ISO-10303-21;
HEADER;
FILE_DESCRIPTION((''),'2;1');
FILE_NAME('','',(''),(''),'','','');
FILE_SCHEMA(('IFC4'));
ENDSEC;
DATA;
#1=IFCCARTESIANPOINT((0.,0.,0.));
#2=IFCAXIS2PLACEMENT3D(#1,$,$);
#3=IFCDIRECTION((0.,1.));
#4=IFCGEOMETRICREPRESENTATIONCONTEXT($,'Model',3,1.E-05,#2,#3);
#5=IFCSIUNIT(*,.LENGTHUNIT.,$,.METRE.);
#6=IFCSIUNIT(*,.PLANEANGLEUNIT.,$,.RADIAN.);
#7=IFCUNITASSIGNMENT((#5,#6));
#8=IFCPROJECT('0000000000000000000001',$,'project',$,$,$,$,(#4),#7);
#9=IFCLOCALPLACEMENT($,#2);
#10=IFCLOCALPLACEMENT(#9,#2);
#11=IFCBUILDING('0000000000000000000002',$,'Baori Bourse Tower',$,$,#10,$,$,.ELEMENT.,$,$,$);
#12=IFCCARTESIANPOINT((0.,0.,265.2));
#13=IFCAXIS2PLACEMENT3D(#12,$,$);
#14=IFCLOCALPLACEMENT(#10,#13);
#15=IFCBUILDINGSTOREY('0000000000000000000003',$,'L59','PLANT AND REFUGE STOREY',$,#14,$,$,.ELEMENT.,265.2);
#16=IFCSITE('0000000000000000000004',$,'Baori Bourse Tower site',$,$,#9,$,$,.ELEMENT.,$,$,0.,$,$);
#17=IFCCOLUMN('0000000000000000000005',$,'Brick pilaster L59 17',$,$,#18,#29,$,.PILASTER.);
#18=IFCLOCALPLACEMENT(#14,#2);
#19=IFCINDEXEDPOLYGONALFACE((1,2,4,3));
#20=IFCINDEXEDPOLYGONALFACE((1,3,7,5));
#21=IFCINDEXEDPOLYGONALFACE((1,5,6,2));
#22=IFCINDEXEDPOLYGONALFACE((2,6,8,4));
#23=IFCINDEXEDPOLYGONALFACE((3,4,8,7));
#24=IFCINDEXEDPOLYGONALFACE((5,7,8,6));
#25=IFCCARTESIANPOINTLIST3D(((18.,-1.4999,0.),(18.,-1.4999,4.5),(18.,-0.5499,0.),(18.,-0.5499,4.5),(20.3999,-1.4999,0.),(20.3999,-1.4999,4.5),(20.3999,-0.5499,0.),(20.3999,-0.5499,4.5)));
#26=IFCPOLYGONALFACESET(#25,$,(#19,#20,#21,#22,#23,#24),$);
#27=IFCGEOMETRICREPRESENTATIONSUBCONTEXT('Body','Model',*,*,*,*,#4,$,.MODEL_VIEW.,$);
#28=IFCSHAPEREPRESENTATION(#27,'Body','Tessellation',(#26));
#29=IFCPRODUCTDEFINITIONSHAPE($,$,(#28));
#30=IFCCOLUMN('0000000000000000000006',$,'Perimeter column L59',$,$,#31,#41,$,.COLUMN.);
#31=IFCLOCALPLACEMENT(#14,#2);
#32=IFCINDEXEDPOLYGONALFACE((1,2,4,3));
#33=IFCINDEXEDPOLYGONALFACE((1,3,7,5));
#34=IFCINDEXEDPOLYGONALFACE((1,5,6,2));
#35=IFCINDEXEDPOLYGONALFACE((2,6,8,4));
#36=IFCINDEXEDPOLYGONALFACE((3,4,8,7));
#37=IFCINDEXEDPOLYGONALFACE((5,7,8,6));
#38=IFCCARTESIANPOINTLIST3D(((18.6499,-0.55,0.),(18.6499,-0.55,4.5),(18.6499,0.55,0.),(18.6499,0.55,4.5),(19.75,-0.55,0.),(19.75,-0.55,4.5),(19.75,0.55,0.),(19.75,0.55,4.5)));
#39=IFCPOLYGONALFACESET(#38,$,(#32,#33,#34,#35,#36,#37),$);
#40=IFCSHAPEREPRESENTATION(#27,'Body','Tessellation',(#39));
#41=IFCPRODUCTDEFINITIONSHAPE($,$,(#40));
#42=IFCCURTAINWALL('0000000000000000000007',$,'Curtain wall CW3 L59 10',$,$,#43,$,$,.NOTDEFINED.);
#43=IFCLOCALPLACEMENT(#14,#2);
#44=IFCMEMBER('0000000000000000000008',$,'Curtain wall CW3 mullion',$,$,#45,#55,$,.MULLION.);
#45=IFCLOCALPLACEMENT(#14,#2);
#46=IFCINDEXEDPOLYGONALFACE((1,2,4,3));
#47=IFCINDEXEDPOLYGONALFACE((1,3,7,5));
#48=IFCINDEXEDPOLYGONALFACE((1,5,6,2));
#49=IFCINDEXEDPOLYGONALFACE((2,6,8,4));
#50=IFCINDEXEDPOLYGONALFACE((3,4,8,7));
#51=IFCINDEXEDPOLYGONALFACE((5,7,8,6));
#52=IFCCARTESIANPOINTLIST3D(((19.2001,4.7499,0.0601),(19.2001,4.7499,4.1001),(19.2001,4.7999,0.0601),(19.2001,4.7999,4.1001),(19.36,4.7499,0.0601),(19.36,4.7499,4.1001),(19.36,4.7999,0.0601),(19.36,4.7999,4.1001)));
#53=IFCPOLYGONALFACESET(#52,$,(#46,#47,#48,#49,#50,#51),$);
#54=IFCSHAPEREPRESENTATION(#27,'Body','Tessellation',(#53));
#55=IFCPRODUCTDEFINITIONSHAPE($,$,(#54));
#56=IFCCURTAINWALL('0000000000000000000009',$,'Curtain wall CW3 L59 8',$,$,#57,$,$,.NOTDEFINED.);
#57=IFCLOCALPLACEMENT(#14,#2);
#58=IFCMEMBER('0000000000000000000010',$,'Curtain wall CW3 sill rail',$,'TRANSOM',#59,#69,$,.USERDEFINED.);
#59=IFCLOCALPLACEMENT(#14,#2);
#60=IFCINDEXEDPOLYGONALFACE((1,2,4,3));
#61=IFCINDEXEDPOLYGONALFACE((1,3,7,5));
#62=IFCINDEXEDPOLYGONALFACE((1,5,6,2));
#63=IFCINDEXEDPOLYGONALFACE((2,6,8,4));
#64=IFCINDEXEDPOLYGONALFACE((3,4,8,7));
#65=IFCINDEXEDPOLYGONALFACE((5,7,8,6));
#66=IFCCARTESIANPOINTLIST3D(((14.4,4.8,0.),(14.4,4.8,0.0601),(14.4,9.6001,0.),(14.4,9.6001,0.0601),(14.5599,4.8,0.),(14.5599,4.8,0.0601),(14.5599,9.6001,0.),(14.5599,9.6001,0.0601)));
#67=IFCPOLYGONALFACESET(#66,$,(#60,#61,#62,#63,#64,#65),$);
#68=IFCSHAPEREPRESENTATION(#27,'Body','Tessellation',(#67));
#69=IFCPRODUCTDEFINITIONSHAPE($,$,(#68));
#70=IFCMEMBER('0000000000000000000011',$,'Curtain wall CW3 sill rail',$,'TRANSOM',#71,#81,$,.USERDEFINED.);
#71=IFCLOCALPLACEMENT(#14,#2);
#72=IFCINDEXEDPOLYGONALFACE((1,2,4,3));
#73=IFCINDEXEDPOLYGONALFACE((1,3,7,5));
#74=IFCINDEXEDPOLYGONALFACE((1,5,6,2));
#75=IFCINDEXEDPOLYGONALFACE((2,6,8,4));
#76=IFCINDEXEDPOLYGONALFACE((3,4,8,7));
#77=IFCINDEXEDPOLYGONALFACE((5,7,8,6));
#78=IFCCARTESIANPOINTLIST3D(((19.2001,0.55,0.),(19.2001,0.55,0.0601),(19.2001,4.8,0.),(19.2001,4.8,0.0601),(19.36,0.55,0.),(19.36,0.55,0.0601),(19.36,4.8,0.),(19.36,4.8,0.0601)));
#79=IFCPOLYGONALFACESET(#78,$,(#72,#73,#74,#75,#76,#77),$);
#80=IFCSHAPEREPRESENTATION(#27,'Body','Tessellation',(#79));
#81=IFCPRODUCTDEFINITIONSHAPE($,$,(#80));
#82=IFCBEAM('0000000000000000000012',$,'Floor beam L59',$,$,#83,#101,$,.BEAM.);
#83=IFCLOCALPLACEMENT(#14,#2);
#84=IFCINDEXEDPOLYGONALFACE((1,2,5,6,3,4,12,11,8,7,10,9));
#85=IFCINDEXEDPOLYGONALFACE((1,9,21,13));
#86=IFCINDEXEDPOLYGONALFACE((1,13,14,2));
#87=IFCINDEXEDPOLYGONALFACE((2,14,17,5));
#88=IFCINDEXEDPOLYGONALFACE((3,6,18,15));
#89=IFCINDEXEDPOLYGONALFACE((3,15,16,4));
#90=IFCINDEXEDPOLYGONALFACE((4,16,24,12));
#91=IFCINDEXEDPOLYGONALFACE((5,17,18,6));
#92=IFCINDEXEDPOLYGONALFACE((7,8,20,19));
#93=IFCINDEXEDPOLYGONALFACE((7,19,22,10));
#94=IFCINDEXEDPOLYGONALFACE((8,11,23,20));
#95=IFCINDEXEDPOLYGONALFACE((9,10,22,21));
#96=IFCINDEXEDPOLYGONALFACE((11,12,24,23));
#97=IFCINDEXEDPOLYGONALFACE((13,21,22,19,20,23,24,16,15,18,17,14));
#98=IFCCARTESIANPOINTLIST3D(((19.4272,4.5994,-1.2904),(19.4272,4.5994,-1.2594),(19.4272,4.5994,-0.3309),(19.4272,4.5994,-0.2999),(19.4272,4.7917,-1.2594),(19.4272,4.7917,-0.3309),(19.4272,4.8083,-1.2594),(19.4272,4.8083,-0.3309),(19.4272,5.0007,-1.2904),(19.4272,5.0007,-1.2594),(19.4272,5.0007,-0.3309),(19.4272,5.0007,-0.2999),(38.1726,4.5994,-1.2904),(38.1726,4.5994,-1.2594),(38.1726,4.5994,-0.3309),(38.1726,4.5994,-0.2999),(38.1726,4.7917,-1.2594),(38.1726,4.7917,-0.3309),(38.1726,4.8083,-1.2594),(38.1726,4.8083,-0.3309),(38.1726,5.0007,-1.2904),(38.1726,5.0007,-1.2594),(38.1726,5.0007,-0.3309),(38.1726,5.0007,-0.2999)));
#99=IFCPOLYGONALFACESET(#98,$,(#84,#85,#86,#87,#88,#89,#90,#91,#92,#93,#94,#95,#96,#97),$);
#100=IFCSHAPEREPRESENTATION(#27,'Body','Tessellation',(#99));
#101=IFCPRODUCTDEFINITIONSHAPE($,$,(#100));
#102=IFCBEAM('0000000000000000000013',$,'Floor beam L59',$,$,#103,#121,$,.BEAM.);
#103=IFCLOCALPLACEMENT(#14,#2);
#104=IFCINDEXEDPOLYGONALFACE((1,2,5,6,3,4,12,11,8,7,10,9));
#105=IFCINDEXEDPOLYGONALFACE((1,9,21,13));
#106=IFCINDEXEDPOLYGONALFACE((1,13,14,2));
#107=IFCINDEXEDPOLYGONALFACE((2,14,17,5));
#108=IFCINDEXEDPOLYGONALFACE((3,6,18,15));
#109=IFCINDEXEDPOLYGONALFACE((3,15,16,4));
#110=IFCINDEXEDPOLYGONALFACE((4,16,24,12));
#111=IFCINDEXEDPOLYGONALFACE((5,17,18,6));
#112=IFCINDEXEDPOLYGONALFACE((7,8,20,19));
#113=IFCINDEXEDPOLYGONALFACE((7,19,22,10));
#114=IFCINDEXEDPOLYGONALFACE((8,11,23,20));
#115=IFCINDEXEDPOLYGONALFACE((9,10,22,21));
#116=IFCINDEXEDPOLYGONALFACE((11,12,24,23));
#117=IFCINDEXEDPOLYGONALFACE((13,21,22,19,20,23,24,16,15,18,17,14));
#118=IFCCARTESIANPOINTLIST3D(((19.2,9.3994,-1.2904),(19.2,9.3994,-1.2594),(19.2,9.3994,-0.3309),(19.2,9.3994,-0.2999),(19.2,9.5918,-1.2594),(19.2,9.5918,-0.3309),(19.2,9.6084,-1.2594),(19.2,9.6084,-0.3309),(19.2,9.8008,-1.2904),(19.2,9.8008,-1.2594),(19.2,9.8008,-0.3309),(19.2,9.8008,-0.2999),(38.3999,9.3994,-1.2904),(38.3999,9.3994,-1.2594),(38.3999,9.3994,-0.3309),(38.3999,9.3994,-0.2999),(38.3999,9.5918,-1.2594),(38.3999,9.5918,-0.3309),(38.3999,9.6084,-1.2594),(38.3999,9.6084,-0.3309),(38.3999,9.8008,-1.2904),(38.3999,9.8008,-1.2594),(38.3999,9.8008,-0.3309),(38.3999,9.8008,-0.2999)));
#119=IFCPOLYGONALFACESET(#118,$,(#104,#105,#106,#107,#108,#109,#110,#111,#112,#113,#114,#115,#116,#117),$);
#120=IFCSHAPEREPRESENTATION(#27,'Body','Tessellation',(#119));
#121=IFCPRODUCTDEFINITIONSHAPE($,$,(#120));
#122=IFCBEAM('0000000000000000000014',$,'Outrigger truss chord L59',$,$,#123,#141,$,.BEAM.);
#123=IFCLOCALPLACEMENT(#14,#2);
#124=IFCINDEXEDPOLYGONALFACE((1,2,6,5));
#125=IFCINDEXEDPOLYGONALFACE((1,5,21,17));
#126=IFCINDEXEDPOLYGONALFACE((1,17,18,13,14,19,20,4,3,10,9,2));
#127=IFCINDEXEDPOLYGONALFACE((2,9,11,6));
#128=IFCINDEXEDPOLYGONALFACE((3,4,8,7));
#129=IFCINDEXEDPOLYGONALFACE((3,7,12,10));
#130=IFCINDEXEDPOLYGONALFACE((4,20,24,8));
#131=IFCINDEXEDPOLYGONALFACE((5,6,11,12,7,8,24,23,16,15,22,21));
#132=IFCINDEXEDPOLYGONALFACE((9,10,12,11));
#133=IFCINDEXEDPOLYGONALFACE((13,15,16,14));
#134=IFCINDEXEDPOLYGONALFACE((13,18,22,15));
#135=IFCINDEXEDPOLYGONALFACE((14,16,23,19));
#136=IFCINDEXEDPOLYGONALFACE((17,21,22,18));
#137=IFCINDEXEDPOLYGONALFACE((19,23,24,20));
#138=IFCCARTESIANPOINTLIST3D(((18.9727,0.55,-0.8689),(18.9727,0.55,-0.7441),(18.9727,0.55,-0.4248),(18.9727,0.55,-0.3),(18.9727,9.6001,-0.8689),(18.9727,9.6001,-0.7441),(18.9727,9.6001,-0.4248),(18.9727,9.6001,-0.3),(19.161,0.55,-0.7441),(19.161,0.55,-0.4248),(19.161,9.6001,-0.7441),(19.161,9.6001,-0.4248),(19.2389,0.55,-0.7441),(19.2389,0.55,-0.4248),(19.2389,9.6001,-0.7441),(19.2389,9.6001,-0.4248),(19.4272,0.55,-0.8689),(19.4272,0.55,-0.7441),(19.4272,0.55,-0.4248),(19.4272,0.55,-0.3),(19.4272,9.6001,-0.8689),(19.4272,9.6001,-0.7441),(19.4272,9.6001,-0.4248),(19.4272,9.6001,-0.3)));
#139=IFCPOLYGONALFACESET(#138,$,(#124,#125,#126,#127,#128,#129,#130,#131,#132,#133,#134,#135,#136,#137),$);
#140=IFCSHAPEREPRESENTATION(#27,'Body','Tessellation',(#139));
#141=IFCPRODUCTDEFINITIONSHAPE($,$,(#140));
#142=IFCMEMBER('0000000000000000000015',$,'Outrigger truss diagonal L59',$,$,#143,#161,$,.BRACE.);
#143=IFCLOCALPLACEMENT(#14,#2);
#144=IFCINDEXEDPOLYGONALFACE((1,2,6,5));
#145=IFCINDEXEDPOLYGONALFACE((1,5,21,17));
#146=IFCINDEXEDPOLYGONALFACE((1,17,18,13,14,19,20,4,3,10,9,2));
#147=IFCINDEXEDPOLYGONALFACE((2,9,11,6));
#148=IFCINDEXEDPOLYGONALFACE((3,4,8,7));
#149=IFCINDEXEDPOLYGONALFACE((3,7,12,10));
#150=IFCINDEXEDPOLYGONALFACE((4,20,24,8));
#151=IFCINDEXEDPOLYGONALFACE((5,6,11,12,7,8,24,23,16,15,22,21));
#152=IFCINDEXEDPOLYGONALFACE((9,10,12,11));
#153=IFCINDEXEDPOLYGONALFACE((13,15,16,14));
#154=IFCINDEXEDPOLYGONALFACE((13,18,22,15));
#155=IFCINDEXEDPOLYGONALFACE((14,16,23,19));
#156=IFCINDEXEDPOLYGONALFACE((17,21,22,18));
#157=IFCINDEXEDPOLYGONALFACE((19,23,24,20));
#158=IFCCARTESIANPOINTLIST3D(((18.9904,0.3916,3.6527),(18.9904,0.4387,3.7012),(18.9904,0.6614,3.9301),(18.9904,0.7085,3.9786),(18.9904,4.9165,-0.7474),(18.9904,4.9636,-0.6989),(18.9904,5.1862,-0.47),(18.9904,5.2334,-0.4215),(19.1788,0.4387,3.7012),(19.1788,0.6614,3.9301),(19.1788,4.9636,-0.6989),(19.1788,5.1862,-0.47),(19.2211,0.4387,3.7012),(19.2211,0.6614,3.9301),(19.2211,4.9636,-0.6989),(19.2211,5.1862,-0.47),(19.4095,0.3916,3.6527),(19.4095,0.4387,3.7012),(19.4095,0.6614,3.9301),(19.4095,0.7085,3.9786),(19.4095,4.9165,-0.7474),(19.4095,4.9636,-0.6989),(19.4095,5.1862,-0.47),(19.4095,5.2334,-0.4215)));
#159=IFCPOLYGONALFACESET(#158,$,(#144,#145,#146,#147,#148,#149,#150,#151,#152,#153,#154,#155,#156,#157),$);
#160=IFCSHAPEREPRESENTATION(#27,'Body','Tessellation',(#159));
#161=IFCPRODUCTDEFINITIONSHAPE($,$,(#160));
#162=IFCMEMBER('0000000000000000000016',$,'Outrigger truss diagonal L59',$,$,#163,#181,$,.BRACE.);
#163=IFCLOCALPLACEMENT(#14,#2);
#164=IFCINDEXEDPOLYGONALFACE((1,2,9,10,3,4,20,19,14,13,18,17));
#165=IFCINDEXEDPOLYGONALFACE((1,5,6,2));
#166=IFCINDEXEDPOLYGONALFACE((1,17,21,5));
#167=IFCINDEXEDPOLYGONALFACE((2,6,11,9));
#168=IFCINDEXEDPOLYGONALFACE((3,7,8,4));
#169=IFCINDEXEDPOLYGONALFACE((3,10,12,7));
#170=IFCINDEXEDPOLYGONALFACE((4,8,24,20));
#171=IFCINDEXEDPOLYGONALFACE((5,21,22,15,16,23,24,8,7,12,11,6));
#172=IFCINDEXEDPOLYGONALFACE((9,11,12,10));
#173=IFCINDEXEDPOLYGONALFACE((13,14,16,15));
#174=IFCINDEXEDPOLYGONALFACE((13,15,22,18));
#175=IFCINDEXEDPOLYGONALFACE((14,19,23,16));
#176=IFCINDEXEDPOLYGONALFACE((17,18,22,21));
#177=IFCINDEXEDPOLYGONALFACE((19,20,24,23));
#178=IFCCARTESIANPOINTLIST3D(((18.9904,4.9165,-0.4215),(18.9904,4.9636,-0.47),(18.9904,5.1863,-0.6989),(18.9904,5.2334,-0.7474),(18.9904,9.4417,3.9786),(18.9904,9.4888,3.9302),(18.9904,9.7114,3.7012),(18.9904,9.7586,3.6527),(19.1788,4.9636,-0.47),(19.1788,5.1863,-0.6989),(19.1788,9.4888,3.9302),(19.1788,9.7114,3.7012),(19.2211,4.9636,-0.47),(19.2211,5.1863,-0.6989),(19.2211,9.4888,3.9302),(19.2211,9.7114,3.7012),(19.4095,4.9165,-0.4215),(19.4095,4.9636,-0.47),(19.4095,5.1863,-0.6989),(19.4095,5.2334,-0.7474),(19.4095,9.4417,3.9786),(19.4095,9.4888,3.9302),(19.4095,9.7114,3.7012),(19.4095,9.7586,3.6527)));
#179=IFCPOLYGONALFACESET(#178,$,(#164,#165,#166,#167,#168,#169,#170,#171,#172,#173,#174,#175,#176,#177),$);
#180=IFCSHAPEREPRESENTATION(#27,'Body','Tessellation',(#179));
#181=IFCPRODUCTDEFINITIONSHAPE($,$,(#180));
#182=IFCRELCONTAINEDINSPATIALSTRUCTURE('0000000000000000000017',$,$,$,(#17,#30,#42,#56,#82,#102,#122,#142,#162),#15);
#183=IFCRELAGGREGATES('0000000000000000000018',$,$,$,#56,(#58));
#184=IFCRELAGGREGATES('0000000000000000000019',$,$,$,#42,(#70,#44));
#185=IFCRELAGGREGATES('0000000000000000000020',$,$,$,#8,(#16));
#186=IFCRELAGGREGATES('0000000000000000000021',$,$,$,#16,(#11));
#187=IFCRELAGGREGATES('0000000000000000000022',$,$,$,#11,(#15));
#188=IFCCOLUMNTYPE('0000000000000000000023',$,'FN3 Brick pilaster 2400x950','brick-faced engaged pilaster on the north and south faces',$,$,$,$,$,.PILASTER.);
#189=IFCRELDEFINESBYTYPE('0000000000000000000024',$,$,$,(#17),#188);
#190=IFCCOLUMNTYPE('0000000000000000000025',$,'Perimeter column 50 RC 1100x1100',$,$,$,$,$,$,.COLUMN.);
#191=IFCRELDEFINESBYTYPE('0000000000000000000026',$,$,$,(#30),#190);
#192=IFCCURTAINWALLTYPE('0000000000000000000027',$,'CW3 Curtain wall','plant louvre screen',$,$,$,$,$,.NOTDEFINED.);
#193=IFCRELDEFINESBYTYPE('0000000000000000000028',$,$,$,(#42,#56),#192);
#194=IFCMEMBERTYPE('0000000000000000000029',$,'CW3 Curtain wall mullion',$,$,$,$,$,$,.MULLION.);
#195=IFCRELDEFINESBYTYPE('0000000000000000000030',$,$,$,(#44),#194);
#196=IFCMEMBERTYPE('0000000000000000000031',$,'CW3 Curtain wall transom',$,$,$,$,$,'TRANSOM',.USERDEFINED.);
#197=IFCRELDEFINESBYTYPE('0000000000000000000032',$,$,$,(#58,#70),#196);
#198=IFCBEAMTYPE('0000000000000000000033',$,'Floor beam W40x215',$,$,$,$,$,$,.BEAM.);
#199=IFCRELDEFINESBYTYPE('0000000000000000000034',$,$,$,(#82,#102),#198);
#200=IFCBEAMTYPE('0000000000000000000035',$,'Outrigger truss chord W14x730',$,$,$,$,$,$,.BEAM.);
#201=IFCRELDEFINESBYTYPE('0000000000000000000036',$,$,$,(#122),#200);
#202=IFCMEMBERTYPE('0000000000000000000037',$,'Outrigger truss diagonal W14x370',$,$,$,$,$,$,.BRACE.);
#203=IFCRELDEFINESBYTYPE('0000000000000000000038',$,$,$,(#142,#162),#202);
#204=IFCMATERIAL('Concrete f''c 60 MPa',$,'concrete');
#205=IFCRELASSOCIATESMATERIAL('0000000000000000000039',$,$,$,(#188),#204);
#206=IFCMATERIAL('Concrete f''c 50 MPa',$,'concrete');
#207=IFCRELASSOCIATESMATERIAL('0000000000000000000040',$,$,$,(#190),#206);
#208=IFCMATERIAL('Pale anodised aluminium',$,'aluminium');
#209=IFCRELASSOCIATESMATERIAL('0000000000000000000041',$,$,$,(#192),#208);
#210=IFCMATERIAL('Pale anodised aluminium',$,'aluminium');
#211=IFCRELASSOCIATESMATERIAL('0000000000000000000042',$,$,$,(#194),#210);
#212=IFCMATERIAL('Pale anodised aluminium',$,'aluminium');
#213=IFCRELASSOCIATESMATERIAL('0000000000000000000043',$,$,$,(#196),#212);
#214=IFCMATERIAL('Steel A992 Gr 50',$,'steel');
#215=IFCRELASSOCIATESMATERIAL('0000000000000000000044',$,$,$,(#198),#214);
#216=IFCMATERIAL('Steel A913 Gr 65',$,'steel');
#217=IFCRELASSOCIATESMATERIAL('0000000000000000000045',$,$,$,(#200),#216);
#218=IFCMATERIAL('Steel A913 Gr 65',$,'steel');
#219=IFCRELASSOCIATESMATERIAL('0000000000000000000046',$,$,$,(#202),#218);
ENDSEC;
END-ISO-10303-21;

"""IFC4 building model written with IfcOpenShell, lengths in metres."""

from ifc_helpers import new_model, si_unit, direction, frame, origin, origin_2d, place, context, subcontext, project, spatial, rectangle, i_section, extrude, material, material_profile, profile_set, type_object, element, aggregate, save


model = new_model("IFC4")

# Units and contexts
model_context = context("Model", 3, precision=1e-05, world=origin(), true_north=direction((0.0, 1.0)))
body_context = subcontext(model_context, "Body", "Model", "MODEL_VIEW")
ifc_project = project(units=[si_unit("LENGTHUNIT", "METRE"), si_unit("PLANEANGLEUNIT", "RADIAN")], contexts=[model_context])

# Site, building, storey
site_placement = place(None, origin())
site = spatial("IfcSite", under=ifc_project, at=site_placement, Name="Baori Bourse Tower site", CompositionType="ELEMENT", RefElevation=0.0)
building_placement = place(site_placement, origin())
building = spatial("IfcBuilding", under=site, at=building_placement, Name="Baori Bourse Tower", CompositionType="ELEMENT")
storey_placement = place(building_placement, frame((0.0, 0.0, 265.2)))
storey = spatial("IfcBuildingStorey", under=building, at=storey_placement, Name="L59", Description="PLANT AND REFUGE STOREY", CompositionType="ELEMENT", Elevation=265.2)

# Columns
ifc_material_1 = material(Name="Concrete f'c 60 MPa", Category="concrete")
ifc_material_profile_1 = material_profile(ifc_material_1, rectangle(XDim=2.3999, YDim=0.95, at=origin_2d()), Name="RC 2400x950")
ifc_profile_set_1 = profile_set([ifc_material_profile_1], Name="Concrete f'c 60 MPa")
column_type_1 = type_object("IfcColumnType", Name="FN3 Brick pilaster 2400x950", Description="brick-faced engaged pilaster on the north and south faces", PredefinedType="PILASTER", material=ifc_profile_set_1)
column_1_placement = place(storey_placement, frame((19.2, -1.0249, 0.0), z_axis=(0.0, 0.0, 1.0), x_axis=(1.0, 0.0, 0.0)))
element("IfcColumn", 1, at=column_1_placement, inside=storey, type_object=column_type_1, Name="Brick pilaster L59 17", PredefinedType="PILASTER", context=body_context, shape_type="SweptSolid", body=[
    extrude(rectangle(XDim=2.3999, YDim=0.95, at=origin_2d()), origin(), (0.0, 0.0, 1.0), 4.5),
])
ifc_material_2 = material(Name="Concrete f'c 50 MPa", Category="concrete")
ifc_material_profile_2 = material_profile(ifc_material_2, rectangle(XDim=1.1001, YDim=1.1001, at=origin_2d()), Name="RC 1100x1100")
ifc_profile_set_2 = profile_set([ifc_material_profile_2], Name="Concrete f'c 50 MPa")
column_type_2 = type_object("IfcColumnType", Name="Perimeter column 50 RC 1100x1100", PredefinedType="COLUMN", material=ifc_profile_set_2)
column_2_placement = place(storey_placement, frame((19.2, 0.0, 0.0), z_axis=(0.0, 0.0, 1.0), x_axis=(1.0, 0.0, 0.0)))
element("IfcColumn", 2, at=column_2_placement, inside=storey, type_object=column_type_2, Name="Perimeter column L59", PredefinedType="COLUMN", context=body_context, shape_type="SweptSolid", body=[
    extrude(rectangle(XDim=1.1001, YDim=1.1001, at=origin_2d()), origin(), (0.0, 0.0, 1.0), 4.5),
])

# Curtain walls, members
ifc_material_3 = material(Name="Pale anodised aluminium", Category="aluminium")
curtain_wall_type = type_object("IfcCurtainWallType", Name="CW3 Curtain wall", Description="plant louvre screen", PredefinedType="NOTDEFINED", material=ifc_material_3)
curtain_wall_1_placement = place(storey_placement, origin())
curtain_wall_1 = element("IfcCurtainWall", 3, at=curtain_wall_1_placement, inside=storey, type_object=curtain_wall_type, Name="Curtain wall CW3 L59 10", PredefinedType="NOTDEFINED")
ifc_material_4 = material(Name="Pale anodised aluminium", Category="aluminium")
ifc_material_profile_3 = material_profile(ifc_material_4, rectangle(XDim=0.1599, YDim=0.05, at=origin_2d()), Name="Mullion 50x160")
ifc_profile_set_3 = profile_set([ifc_material_profile_3], Name="Pale anodised aluminium")
member_type_1 = type_object("IfcMemberType", Name="CW3 Curtain wall mullion", PredefinedType="MULLION", material=ifc_profile_set_3)
member_1_placement = place(storey_placement, frame((19.28, 4.7749, 0.0601), z_axis=(0.0, 0.0, 1.0), x_axis=(1.0, 0.0, 0.0)))
member_1 = element("IfcMember", 4, at=member_1_placement, type_object=member_type_1, Name="Curtain wall CW3 mullion", PredefinedType="MULLION", context=body_context, shape_type="SweptSolid", body=[
    extrude(rectangle(XDim=0.1599, YDim=0.05, at=origin_2d()), origin(), (0.0, 0.0, 1.0), 4.04),
])
curtain_wall_2_placement = place(storey_placement, origin())
curtain_wall_2 = element("IfcCurtainWall", 5, at=curtain_wall_2_placement, inside=storey, type_object=curtain_wall_type, Name="Curtain wall CW3 L59 8", PredefinedType="NOTDEFINED")
ifc_material_5 = material(Name="Pale anodised aluminium", Category="aluminium")
ifc_material_profile_4 = material_profile(ifc_material_5, rectangle(XDim=0.1599, YDim=0.0601, at=origin_2d()), Name="Transom 60x160")
ifc_profile_set_4 = profile_set([ifc_material_profile_4], Name="Pale anodised aluminium")
member_type_2 = type_object("IfcMemberType", Name="CW3 Curtain wall transom", ElementType="TRANSOM", PredefinedType="USERDEFINED", material=ifc_profile_set_4)
member_2_placement = place(storey_placement, frame((14.48, 9.6001, 0.03), z_axis=(0.0, -1.0, 0.0), x_axis=(1.0, 0.0, 0.0)))
member_2 = element("IfcMember", 6, at=member_2_placement, type_object=member_type_2, Name="Curtain wall CW3 sill rail", ObjectType="TRANSOM", PredefinedType="USERDEFINED", context=body_context, shape_type="SweptSolid", body=[
    extrude(rectangle(XDim=0.1599, YDim=0.0601, at=origin_2d()), origin(), (0.0, 0.0, 1.0), 4.8),
])
aggregate(curtain_wall_2, [member_2])

# Member
member_3_placement = place(storey_placement, frame((19.28, 4.8, 0.03), z_axis=(0.0, -1.0, 0.0), x_axis=(1.0, 0.0, 0.0)))
member_3 = element("IfcMember", 7, at=member_3_placement, type_object=member_type_2, Name="Curtain wall CW3 sill rail", ObjectType="TRANSOM", PredefinedType="USERDEFINED", context=body_context, shape_type="SweptSolid", body=[
    extrude(rectangle(XDim=0.1599, YDim=0.0601, at=origin_2d()), origin(), (0.0, 0.0, 1.0), 4.25),
])

# Beams
ifc_material_6 = material(Name="Steel A992 Gr 50", Category="steel")
ifc_material_profile_5 = material_profile(ifc_material_6, i_section(OverallWidth=0.4014, OverallDepth=0.9905, WebThickness=0.0166, FlangeThickness=0.031, at=origin_2d()), Name="W40x215")
ifc_profile_set_5 = profile_set([ifc_material_profile_5], Name="Steel A992 Gr 50")
beam_type_1 = type_object("IfcBeamType", Name="Floor beam W40x215", PredefinedType="BEAM", material=ifc_profile_set_5)
beam_1_placement = place(storey_placement, frame((19.4272, 4.8, -0.7952), z_axis=(1.0, 0.0, 0.0), x_axis=(0.0, 1.0, 0.0)))
element("IfcBeam", 8, at=beam_1_placement, inside=storey, type_object=beam_type_1, Name="Floor beam L59", PredefinedType="BEAM", context=body_context, shape_type="SweptSolid", body=[
    extrude(i_section(OverallWidth=0.4014, OverallDepth=0.9905, WebThickness=0.0166, FlangeThickness=0.031, at=origin_2d()), origin(), (0.0, 0.0, 1.0), 18.7454),
])
beam_2_placement = place(storey_placement, frame((19.2, 9.6001, -0.7952), z_axis=(1.0, 0.0, 0.0), x_axis=(0.0, 1.0, 0.0)))
element("IfcBeam", 9, at=beam_2_placement, inside=storey, type_object=beam_type_1, Name="Floor beam L59", PredefinedType="BEAM", context=body_context, shape_type="SweptSolid", body=[
    extrude(i_section(OverallWidth=0.4014, OverallDepth=0.9905, WebThickness=0.0166, FlangeThickness=0.031, at=origin_2d()), origin(), (0.0, 0.0, 1.0), 19.2),
])
ifc_material_7 = material(Name="Steel A913 Gr 65", Category="steel")
ifc_material_profile_6 = material_profile(ifc_material_7, i_section(OverallWidth=0.4546, OverallDepth=0.5688, WebThickness=0.0779, FlangeThickness=0.1248, at=origin_2d()), Name="W14x730")
ifc_profile_set_6 = profile_set([ifc_material_profile_6], Name="Steel A913 Gr 65")
beam_type_2 = type_object("IfcBeamType", Name="Outrigger truss chord W14x730", PredefinedType="BEAM", material=ifc_profile_set_6)
beam_3_placement = place(storey_placement, frame((19.2, 0.55, -0.5845), z_axis=(0.0, 1.0, 0.0), x_axis=(-1.0, 0.0, 0.0)))
element("IfcBeam", 10, at=beam_3_placement, inside=storey, type_object=beam_type_2, Name="Outrigger truss chord L59", PredefinedType="BEAM", context=body_context, shape_type="SweptSolid", body=[
    extrude(i_section(OverallWidth=0.4546, OverallDepth=0.5688, WebThickness=0.0779, FlangeThickness=0.1248, at=origin_2d()), origin(), (0.0, 0.0, 1.0), 9.05),
])

# Members
ifc_material_8 = material(Name="Steel A913 Gr 65", Category="steel")
ifc_material_profile_7 = material_profile(ifc_material_8, i_section(OverallWidth=0.4192, OverallDepth=0.4546, WebThickness=0.0422, FlangeThickness=0.0676, at=origin_2d()), Name="W14x370")
ifc_profile_set_7 = profile_set([ifc_material_profile_7], Name="Steel A913 Gr 65")
member_type_3 = type_object("IfcMemberType", Name="Outrigger truss diagonal W14x370", PredefinedType="BRACE", material=ifc_profile_set_7)
member_4_placement = place(storey_placement, frame((19.2, 0.55, 3.8157), z_axis=(0.0, 0.716921, -0.697155), x_axis=(-1.0, 0.0, 0.0)))
element("IfcMember", 11, at=member_4_placement, inside=storey, type_object=member_type_3, Name="Outrigger truss diagonal L59", PredefinedType="BRACE", context=body_context, shape_type="SweptSolid", body=[
    extrude(i_section(OverallWidth=0.4192, OverallDepth=0.4546, WebThickness=0.0422, FlangeThickness=0.0676, at=origin_2d()), origin(), (0.0, 0.0, 1.0), 6.3115),
])
member_5_placement = place(storey_placement, frame((19.2, 5.075, -0.5845), z_axis=(0.0, 0.71694, 0.697135), x_axis=(-1.0, 0.0, 0.0)))
element("IfcMember", 12, at=member_5_placement, inside=storey, type_object=member_type_3, Name="Outrigger truss diagonal L59", PredefinedType="BRACE", context=body_context, shape_type="SweptSolid", body=[
    extrude(i_section(OverallWidth=0.4192, OverallDepth=0.4546, WebThickness=0.0422, FlangeThickness=0.0676, at=origin_2d()), origin(), (0.0, 0.0, 1.0), 6.3118),
])

aggregate(curtain_wall_1, [member_3, member_1])

save(model, "model.ifc")
